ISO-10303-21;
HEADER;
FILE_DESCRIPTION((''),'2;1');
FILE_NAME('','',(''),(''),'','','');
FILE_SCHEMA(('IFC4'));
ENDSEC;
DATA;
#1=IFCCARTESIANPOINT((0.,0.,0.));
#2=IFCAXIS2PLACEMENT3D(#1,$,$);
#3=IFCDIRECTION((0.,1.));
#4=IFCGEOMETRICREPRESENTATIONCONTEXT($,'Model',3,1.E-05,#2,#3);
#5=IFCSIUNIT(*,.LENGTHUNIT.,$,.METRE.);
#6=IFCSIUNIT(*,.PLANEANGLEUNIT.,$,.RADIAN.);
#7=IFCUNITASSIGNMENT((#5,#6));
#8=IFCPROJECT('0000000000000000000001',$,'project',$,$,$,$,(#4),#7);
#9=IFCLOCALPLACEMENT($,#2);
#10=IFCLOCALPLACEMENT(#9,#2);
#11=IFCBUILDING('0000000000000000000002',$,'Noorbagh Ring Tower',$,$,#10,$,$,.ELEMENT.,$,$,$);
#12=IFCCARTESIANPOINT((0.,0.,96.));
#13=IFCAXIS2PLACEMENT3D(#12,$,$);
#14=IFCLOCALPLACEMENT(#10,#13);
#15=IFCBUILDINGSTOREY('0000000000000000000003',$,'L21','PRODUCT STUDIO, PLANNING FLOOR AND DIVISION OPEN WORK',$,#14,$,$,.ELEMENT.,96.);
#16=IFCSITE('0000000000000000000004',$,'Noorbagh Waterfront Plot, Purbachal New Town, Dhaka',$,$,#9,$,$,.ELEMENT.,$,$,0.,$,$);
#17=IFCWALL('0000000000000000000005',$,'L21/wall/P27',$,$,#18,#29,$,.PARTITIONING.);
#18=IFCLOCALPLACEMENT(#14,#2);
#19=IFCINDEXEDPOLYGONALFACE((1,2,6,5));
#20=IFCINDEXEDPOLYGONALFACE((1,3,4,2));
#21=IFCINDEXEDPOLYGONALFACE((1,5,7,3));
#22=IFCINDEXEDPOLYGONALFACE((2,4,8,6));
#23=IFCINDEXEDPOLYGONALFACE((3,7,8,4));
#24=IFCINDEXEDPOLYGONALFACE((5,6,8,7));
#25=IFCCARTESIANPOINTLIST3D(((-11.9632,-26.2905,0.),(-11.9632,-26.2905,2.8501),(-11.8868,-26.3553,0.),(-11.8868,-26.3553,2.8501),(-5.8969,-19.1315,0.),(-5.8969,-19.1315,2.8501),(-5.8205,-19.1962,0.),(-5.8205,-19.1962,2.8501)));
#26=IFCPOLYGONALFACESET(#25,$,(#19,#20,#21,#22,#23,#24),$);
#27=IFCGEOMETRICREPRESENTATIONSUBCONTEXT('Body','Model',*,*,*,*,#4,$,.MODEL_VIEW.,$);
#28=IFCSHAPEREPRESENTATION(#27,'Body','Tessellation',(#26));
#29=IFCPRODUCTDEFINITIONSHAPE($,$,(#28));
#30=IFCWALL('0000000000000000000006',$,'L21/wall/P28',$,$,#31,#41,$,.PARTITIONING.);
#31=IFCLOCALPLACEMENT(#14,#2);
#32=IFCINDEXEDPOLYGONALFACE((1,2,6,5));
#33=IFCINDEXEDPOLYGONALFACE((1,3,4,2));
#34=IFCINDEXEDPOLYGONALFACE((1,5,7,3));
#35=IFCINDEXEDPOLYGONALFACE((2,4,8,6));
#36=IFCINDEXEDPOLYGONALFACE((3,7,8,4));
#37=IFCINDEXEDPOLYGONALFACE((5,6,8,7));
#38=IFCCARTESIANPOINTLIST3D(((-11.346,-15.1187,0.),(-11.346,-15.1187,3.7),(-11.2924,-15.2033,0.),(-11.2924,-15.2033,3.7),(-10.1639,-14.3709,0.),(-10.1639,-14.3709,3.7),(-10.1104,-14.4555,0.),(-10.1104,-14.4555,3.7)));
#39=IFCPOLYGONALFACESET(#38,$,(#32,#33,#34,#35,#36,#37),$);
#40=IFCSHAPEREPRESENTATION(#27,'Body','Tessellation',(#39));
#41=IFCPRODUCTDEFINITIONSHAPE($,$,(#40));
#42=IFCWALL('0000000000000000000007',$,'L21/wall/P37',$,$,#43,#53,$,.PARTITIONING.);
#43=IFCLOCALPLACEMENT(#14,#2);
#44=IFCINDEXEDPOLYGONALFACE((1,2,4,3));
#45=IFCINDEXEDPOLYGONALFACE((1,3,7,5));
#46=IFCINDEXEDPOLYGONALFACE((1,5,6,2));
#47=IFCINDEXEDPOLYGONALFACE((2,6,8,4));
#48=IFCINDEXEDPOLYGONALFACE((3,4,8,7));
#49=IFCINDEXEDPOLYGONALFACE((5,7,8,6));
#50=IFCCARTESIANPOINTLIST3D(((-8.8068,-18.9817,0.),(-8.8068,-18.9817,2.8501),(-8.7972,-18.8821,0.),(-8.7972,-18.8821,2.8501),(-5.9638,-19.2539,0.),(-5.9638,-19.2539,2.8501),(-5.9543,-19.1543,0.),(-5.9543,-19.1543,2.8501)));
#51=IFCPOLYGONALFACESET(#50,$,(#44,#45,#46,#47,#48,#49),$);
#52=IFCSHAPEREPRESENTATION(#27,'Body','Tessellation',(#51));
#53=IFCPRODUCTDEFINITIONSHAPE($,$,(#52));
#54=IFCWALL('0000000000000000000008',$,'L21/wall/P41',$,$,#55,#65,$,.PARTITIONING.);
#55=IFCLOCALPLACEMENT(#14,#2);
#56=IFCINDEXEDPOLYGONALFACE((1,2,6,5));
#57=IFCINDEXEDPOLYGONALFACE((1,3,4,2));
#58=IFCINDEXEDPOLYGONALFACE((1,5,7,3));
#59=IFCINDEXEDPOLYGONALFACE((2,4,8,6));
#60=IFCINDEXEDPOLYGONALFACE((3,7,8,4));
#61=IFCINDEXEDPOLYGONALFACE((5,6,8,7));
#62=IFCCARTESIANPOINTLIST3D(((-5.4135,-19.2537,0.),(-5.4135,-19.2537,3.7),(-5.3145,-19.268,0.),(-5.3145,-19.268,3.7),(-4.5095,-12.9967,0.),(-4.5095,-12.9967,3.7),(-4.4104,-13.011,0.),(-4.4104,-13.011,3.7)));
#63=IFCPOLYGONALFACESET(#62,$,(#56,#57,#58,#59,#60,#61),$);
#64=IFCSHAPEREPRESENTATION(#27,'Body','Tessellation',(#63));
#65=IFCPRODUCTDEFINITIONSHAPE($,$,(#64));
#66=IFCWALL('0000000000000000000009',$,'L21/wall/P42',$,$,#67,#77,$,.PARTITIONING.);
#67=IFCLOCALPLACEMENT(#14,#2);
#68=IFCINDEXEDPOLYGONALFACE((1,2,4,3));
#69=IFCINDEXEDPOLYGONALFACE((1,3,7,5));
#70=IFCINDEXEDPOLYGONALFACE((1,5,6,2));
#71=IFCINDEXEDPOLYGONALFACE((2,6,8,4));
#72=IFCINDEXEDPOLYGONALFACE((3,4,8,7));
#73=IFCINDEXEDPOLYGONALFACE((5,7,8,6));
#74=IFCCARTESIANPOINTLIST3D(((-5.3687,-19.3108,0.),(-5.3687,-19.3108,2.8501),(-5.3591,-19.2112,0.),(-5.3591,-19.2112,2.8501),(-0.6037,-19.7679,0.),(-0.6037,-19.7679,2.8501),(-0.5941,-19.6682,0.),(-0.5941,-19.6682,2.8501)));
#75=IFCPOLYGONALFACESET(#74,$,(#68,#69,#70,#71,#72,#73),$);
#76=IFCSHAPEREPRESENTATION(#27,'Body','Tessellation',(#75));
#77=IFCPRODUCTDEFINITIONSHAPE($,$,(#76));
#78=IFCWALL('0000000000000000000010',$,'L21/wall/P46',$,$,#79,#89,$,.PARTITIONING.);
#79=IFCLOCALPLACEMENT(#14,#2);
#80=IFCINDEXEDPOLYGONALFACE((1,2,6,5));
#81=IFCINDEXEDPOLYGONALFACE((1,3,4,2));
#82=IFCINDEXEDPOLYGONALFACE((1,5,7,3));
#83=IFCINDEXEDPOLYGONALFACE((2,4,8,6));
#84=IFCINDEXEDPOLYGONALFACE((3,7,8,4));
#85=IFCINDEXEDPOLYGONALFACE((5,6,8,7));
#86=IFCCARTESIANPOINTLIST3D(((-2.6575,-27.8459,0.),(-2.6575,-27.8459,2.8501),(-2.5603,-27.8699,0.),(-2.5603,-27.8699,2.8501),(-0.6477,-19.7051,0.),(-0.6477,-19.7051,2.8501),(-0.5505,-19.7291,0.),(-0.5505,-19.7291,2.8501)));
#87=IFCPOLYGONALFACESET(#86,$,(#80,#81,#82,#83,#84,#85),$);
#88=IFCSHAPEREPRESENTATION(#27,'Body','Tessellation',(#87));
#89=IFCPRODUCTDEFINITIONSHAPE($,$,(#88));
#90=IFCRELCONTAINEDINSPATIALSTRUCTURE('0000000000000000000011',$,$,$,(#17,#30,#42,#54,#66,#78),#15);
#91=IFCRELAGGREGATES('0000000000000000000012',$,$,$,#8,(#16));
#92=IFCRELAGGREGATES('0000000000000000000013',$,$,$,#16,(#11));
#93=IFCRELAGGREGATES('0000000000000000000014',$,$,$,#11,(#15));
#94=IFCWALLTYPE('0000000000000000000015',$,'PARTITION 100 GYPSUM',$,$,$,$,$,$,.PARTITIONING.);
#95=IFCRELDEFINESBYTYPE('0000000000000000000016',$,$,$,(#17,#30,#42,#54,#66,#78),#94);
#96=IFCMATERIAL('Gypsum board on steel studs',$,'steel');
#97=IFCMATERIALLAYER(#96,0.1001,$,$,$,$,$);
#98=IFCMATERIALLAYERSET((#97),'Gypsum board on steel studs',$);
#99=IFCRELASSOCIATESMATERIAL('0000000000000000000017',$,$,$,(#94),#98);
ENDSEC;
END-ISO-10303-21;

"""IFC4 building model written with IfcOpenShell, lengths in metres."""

from ifc_helpers import new_model, si_unit, direction, frame, frame_2d, origin, place, context, subcontext, project, spatial, rectangle, extrude, material, layer, layer_set, type_object, element, save


model = new_model("IFC4")

# Units and contexts
model_context = context("Model", 3, precision=1e-05, world=origin(), true_north=direction((0.0, 1.0)))
body_context = subcontext(model_context, "Body", "Model", "MODEL_VIEW")
ifc_project = project(units=[si_unit("LENGTHUNIT", "METRE"), si_unit("PLANEANGLEUNIT", "RADIAN")], contexts=[model_context])

# Site, building, storey
site_placement = place(None, origin())
site = spatial("IfcSite", under=ifc_project, at=site_placement, Name="Noorbagh Waterfront Plot, Purbachal New Town, Dhaka", CompositionType="ELEMENT", RefElevation=0.0)
building_placement = place(site_placement, origin())
building = spatial("IfcBuilding", under=site, at=building_placement, Name="Noorbagh Ring Tower", CompositionType="ELEMENT")
storey_placement = place(building_placement, frame((0.0, 0.0, 96.0)))
storey = spatial("IfcBuildingStorey", under=building, at=storey_placement, Name="L21", Description="PRODUCT STUDIO, PLANNING FLOOR AND DIVISION OPEN WORK", CompositionType="ELEMENT", Elevation=96.0)

# Walls
ifc_material_1 = material(Name="Gypsum board on steel studs", Category="steel")
ifc_layer_1 = layer(ifc_material_1, 0.1001)
ifc_layer_set_1 = layer_set([ifc_layer_1], Name="Gypsum board on steel studs")
wall_type_1 = type_object("IfcWallType", Name="PARTITION 100 GYPSUM", PredefinedType="PARTITIONING", material=ifc_layer_set_1)
wall_1_placement = place(storey_placement, frame((-11.925, -26.323, 0.0), z_axis=(0.0, 0.0, 1.0), x_axis=(0.646476, 0.762934, 0.0)))
element("IfcWall", 1, at=wall_1_placement, inside=storey, type_object=wall_type_1, Name="L21/wall/P27", PredefinedType="PARTITIONING", context=body_context, shape_type="SweptSolid", body=[
    extrude(rectangle(XDim=9.3835, YDim=0.1001, at=frame_2d((4.6919, 0.0))), origin(), (0.0, 0.0, 1.0), 2.8501),
])
wall_2_placement = place(storey_placement, frame((-11.3191, -15.1609, 0.0), z_axis=(0.0, 0.0, 1.0), x_axis=(0.845103, 0.534604, 0.0)))
element("IfcWall", 2, at=wall_2_placement, inside=storey, type_object=wall_type_1, Name="L21/wall/P28", PredefinedType="PARTITIONING", context=body_context, shape_type="SweptSolid", body=[
    extrude(rectangle(XDim=1.3987, YDim=0.1001, at=frame_2d((0.6992, 0.0))), origin(), (0.0, 0.0, 1.0), 3.7),
])
wall_3_placement = place(storey_placement, frame((-8.802, -18.9319, 0.0), z_axis=(0.0, 0.0, 1.0), x_axis=(0.995447, -0.095313, 0.0)))
element("IfcWall", 3, at=wall_3_placement, inside=storey, type_object=wall_type_1, Name="L21/wall/P37", PredefinedType="PARTITIONING", context=body_context, shape_type="SweptSolid", body=[
    extrude(rectangle(XDim=2.856, YDim=0.1001, at=frame_2d((1.428, 0.0))), origin(), (0.0, 0.0, 1.0), 2.8501),
])
wall_4_placement = place(storey_placement, frame((-5.364, -19.261, 0.0), z_axis=(0.0, 0.0, 1.0), x_axis=(0.143, 0.989723, 0.0)))
element("IfcWall", 4, at=wall_4_placement, inside=storey, type_object=wall_type_1, Name="L21/wall/P41", PredefinedType="PARTITIONING", context=body_context, shape_type="SweptSolid", body=[
    extrude(rectangle(XDim=6.322, YDim=0.1001, at=frame_2d((3.1611, 0.0))), origin(), (0.0, 0.0, 1.0), 3.7),
])
wall_5_placement = place(storey_placement, frame((-5.364, -19.261, 0.0), z_axis=(0.0, 0.0, 1.0), x_axis=(0.995432, -0.095478, 0.0)))
element("IfcWall", 5, at=wall_5_placement, inside=storey, type_object=wall_type_1, Name="L21/wall/P42", PredefinedType="PARTITIONING", context=body_context, shape_type="SweptSolid", body=[
    extrude(rectangle(XDim=4.7869, YDim=0.1001, at=frame_2d((2.3936, 0.0))), origin(), (0.0, 0.0, 1.0), 2.8501),
])
wall_6_placement = place(storey_placement, frame((-2.6089, -27.8579, 0.0), z_axis=(0.0, 0.0, 1.0), x_axis=(0.239678, 0.970852, 0.0)))
element("IfcWall", 6, at=wall_6_placement, inside=storey, type_object=wall_type_1, Name="L21/wall/P46", PredefinedType="PARTITIONING", context=body_context, shape_type="SweptSolid", body=[
    extrude(rectangle(XDim=8.3853, YDim=0.1001, at=frame_2d((4.1926, 0.0))), origin(), (0.0, 0.0, 1.0), 2.8501),
])

save(model, "model.ifc")
